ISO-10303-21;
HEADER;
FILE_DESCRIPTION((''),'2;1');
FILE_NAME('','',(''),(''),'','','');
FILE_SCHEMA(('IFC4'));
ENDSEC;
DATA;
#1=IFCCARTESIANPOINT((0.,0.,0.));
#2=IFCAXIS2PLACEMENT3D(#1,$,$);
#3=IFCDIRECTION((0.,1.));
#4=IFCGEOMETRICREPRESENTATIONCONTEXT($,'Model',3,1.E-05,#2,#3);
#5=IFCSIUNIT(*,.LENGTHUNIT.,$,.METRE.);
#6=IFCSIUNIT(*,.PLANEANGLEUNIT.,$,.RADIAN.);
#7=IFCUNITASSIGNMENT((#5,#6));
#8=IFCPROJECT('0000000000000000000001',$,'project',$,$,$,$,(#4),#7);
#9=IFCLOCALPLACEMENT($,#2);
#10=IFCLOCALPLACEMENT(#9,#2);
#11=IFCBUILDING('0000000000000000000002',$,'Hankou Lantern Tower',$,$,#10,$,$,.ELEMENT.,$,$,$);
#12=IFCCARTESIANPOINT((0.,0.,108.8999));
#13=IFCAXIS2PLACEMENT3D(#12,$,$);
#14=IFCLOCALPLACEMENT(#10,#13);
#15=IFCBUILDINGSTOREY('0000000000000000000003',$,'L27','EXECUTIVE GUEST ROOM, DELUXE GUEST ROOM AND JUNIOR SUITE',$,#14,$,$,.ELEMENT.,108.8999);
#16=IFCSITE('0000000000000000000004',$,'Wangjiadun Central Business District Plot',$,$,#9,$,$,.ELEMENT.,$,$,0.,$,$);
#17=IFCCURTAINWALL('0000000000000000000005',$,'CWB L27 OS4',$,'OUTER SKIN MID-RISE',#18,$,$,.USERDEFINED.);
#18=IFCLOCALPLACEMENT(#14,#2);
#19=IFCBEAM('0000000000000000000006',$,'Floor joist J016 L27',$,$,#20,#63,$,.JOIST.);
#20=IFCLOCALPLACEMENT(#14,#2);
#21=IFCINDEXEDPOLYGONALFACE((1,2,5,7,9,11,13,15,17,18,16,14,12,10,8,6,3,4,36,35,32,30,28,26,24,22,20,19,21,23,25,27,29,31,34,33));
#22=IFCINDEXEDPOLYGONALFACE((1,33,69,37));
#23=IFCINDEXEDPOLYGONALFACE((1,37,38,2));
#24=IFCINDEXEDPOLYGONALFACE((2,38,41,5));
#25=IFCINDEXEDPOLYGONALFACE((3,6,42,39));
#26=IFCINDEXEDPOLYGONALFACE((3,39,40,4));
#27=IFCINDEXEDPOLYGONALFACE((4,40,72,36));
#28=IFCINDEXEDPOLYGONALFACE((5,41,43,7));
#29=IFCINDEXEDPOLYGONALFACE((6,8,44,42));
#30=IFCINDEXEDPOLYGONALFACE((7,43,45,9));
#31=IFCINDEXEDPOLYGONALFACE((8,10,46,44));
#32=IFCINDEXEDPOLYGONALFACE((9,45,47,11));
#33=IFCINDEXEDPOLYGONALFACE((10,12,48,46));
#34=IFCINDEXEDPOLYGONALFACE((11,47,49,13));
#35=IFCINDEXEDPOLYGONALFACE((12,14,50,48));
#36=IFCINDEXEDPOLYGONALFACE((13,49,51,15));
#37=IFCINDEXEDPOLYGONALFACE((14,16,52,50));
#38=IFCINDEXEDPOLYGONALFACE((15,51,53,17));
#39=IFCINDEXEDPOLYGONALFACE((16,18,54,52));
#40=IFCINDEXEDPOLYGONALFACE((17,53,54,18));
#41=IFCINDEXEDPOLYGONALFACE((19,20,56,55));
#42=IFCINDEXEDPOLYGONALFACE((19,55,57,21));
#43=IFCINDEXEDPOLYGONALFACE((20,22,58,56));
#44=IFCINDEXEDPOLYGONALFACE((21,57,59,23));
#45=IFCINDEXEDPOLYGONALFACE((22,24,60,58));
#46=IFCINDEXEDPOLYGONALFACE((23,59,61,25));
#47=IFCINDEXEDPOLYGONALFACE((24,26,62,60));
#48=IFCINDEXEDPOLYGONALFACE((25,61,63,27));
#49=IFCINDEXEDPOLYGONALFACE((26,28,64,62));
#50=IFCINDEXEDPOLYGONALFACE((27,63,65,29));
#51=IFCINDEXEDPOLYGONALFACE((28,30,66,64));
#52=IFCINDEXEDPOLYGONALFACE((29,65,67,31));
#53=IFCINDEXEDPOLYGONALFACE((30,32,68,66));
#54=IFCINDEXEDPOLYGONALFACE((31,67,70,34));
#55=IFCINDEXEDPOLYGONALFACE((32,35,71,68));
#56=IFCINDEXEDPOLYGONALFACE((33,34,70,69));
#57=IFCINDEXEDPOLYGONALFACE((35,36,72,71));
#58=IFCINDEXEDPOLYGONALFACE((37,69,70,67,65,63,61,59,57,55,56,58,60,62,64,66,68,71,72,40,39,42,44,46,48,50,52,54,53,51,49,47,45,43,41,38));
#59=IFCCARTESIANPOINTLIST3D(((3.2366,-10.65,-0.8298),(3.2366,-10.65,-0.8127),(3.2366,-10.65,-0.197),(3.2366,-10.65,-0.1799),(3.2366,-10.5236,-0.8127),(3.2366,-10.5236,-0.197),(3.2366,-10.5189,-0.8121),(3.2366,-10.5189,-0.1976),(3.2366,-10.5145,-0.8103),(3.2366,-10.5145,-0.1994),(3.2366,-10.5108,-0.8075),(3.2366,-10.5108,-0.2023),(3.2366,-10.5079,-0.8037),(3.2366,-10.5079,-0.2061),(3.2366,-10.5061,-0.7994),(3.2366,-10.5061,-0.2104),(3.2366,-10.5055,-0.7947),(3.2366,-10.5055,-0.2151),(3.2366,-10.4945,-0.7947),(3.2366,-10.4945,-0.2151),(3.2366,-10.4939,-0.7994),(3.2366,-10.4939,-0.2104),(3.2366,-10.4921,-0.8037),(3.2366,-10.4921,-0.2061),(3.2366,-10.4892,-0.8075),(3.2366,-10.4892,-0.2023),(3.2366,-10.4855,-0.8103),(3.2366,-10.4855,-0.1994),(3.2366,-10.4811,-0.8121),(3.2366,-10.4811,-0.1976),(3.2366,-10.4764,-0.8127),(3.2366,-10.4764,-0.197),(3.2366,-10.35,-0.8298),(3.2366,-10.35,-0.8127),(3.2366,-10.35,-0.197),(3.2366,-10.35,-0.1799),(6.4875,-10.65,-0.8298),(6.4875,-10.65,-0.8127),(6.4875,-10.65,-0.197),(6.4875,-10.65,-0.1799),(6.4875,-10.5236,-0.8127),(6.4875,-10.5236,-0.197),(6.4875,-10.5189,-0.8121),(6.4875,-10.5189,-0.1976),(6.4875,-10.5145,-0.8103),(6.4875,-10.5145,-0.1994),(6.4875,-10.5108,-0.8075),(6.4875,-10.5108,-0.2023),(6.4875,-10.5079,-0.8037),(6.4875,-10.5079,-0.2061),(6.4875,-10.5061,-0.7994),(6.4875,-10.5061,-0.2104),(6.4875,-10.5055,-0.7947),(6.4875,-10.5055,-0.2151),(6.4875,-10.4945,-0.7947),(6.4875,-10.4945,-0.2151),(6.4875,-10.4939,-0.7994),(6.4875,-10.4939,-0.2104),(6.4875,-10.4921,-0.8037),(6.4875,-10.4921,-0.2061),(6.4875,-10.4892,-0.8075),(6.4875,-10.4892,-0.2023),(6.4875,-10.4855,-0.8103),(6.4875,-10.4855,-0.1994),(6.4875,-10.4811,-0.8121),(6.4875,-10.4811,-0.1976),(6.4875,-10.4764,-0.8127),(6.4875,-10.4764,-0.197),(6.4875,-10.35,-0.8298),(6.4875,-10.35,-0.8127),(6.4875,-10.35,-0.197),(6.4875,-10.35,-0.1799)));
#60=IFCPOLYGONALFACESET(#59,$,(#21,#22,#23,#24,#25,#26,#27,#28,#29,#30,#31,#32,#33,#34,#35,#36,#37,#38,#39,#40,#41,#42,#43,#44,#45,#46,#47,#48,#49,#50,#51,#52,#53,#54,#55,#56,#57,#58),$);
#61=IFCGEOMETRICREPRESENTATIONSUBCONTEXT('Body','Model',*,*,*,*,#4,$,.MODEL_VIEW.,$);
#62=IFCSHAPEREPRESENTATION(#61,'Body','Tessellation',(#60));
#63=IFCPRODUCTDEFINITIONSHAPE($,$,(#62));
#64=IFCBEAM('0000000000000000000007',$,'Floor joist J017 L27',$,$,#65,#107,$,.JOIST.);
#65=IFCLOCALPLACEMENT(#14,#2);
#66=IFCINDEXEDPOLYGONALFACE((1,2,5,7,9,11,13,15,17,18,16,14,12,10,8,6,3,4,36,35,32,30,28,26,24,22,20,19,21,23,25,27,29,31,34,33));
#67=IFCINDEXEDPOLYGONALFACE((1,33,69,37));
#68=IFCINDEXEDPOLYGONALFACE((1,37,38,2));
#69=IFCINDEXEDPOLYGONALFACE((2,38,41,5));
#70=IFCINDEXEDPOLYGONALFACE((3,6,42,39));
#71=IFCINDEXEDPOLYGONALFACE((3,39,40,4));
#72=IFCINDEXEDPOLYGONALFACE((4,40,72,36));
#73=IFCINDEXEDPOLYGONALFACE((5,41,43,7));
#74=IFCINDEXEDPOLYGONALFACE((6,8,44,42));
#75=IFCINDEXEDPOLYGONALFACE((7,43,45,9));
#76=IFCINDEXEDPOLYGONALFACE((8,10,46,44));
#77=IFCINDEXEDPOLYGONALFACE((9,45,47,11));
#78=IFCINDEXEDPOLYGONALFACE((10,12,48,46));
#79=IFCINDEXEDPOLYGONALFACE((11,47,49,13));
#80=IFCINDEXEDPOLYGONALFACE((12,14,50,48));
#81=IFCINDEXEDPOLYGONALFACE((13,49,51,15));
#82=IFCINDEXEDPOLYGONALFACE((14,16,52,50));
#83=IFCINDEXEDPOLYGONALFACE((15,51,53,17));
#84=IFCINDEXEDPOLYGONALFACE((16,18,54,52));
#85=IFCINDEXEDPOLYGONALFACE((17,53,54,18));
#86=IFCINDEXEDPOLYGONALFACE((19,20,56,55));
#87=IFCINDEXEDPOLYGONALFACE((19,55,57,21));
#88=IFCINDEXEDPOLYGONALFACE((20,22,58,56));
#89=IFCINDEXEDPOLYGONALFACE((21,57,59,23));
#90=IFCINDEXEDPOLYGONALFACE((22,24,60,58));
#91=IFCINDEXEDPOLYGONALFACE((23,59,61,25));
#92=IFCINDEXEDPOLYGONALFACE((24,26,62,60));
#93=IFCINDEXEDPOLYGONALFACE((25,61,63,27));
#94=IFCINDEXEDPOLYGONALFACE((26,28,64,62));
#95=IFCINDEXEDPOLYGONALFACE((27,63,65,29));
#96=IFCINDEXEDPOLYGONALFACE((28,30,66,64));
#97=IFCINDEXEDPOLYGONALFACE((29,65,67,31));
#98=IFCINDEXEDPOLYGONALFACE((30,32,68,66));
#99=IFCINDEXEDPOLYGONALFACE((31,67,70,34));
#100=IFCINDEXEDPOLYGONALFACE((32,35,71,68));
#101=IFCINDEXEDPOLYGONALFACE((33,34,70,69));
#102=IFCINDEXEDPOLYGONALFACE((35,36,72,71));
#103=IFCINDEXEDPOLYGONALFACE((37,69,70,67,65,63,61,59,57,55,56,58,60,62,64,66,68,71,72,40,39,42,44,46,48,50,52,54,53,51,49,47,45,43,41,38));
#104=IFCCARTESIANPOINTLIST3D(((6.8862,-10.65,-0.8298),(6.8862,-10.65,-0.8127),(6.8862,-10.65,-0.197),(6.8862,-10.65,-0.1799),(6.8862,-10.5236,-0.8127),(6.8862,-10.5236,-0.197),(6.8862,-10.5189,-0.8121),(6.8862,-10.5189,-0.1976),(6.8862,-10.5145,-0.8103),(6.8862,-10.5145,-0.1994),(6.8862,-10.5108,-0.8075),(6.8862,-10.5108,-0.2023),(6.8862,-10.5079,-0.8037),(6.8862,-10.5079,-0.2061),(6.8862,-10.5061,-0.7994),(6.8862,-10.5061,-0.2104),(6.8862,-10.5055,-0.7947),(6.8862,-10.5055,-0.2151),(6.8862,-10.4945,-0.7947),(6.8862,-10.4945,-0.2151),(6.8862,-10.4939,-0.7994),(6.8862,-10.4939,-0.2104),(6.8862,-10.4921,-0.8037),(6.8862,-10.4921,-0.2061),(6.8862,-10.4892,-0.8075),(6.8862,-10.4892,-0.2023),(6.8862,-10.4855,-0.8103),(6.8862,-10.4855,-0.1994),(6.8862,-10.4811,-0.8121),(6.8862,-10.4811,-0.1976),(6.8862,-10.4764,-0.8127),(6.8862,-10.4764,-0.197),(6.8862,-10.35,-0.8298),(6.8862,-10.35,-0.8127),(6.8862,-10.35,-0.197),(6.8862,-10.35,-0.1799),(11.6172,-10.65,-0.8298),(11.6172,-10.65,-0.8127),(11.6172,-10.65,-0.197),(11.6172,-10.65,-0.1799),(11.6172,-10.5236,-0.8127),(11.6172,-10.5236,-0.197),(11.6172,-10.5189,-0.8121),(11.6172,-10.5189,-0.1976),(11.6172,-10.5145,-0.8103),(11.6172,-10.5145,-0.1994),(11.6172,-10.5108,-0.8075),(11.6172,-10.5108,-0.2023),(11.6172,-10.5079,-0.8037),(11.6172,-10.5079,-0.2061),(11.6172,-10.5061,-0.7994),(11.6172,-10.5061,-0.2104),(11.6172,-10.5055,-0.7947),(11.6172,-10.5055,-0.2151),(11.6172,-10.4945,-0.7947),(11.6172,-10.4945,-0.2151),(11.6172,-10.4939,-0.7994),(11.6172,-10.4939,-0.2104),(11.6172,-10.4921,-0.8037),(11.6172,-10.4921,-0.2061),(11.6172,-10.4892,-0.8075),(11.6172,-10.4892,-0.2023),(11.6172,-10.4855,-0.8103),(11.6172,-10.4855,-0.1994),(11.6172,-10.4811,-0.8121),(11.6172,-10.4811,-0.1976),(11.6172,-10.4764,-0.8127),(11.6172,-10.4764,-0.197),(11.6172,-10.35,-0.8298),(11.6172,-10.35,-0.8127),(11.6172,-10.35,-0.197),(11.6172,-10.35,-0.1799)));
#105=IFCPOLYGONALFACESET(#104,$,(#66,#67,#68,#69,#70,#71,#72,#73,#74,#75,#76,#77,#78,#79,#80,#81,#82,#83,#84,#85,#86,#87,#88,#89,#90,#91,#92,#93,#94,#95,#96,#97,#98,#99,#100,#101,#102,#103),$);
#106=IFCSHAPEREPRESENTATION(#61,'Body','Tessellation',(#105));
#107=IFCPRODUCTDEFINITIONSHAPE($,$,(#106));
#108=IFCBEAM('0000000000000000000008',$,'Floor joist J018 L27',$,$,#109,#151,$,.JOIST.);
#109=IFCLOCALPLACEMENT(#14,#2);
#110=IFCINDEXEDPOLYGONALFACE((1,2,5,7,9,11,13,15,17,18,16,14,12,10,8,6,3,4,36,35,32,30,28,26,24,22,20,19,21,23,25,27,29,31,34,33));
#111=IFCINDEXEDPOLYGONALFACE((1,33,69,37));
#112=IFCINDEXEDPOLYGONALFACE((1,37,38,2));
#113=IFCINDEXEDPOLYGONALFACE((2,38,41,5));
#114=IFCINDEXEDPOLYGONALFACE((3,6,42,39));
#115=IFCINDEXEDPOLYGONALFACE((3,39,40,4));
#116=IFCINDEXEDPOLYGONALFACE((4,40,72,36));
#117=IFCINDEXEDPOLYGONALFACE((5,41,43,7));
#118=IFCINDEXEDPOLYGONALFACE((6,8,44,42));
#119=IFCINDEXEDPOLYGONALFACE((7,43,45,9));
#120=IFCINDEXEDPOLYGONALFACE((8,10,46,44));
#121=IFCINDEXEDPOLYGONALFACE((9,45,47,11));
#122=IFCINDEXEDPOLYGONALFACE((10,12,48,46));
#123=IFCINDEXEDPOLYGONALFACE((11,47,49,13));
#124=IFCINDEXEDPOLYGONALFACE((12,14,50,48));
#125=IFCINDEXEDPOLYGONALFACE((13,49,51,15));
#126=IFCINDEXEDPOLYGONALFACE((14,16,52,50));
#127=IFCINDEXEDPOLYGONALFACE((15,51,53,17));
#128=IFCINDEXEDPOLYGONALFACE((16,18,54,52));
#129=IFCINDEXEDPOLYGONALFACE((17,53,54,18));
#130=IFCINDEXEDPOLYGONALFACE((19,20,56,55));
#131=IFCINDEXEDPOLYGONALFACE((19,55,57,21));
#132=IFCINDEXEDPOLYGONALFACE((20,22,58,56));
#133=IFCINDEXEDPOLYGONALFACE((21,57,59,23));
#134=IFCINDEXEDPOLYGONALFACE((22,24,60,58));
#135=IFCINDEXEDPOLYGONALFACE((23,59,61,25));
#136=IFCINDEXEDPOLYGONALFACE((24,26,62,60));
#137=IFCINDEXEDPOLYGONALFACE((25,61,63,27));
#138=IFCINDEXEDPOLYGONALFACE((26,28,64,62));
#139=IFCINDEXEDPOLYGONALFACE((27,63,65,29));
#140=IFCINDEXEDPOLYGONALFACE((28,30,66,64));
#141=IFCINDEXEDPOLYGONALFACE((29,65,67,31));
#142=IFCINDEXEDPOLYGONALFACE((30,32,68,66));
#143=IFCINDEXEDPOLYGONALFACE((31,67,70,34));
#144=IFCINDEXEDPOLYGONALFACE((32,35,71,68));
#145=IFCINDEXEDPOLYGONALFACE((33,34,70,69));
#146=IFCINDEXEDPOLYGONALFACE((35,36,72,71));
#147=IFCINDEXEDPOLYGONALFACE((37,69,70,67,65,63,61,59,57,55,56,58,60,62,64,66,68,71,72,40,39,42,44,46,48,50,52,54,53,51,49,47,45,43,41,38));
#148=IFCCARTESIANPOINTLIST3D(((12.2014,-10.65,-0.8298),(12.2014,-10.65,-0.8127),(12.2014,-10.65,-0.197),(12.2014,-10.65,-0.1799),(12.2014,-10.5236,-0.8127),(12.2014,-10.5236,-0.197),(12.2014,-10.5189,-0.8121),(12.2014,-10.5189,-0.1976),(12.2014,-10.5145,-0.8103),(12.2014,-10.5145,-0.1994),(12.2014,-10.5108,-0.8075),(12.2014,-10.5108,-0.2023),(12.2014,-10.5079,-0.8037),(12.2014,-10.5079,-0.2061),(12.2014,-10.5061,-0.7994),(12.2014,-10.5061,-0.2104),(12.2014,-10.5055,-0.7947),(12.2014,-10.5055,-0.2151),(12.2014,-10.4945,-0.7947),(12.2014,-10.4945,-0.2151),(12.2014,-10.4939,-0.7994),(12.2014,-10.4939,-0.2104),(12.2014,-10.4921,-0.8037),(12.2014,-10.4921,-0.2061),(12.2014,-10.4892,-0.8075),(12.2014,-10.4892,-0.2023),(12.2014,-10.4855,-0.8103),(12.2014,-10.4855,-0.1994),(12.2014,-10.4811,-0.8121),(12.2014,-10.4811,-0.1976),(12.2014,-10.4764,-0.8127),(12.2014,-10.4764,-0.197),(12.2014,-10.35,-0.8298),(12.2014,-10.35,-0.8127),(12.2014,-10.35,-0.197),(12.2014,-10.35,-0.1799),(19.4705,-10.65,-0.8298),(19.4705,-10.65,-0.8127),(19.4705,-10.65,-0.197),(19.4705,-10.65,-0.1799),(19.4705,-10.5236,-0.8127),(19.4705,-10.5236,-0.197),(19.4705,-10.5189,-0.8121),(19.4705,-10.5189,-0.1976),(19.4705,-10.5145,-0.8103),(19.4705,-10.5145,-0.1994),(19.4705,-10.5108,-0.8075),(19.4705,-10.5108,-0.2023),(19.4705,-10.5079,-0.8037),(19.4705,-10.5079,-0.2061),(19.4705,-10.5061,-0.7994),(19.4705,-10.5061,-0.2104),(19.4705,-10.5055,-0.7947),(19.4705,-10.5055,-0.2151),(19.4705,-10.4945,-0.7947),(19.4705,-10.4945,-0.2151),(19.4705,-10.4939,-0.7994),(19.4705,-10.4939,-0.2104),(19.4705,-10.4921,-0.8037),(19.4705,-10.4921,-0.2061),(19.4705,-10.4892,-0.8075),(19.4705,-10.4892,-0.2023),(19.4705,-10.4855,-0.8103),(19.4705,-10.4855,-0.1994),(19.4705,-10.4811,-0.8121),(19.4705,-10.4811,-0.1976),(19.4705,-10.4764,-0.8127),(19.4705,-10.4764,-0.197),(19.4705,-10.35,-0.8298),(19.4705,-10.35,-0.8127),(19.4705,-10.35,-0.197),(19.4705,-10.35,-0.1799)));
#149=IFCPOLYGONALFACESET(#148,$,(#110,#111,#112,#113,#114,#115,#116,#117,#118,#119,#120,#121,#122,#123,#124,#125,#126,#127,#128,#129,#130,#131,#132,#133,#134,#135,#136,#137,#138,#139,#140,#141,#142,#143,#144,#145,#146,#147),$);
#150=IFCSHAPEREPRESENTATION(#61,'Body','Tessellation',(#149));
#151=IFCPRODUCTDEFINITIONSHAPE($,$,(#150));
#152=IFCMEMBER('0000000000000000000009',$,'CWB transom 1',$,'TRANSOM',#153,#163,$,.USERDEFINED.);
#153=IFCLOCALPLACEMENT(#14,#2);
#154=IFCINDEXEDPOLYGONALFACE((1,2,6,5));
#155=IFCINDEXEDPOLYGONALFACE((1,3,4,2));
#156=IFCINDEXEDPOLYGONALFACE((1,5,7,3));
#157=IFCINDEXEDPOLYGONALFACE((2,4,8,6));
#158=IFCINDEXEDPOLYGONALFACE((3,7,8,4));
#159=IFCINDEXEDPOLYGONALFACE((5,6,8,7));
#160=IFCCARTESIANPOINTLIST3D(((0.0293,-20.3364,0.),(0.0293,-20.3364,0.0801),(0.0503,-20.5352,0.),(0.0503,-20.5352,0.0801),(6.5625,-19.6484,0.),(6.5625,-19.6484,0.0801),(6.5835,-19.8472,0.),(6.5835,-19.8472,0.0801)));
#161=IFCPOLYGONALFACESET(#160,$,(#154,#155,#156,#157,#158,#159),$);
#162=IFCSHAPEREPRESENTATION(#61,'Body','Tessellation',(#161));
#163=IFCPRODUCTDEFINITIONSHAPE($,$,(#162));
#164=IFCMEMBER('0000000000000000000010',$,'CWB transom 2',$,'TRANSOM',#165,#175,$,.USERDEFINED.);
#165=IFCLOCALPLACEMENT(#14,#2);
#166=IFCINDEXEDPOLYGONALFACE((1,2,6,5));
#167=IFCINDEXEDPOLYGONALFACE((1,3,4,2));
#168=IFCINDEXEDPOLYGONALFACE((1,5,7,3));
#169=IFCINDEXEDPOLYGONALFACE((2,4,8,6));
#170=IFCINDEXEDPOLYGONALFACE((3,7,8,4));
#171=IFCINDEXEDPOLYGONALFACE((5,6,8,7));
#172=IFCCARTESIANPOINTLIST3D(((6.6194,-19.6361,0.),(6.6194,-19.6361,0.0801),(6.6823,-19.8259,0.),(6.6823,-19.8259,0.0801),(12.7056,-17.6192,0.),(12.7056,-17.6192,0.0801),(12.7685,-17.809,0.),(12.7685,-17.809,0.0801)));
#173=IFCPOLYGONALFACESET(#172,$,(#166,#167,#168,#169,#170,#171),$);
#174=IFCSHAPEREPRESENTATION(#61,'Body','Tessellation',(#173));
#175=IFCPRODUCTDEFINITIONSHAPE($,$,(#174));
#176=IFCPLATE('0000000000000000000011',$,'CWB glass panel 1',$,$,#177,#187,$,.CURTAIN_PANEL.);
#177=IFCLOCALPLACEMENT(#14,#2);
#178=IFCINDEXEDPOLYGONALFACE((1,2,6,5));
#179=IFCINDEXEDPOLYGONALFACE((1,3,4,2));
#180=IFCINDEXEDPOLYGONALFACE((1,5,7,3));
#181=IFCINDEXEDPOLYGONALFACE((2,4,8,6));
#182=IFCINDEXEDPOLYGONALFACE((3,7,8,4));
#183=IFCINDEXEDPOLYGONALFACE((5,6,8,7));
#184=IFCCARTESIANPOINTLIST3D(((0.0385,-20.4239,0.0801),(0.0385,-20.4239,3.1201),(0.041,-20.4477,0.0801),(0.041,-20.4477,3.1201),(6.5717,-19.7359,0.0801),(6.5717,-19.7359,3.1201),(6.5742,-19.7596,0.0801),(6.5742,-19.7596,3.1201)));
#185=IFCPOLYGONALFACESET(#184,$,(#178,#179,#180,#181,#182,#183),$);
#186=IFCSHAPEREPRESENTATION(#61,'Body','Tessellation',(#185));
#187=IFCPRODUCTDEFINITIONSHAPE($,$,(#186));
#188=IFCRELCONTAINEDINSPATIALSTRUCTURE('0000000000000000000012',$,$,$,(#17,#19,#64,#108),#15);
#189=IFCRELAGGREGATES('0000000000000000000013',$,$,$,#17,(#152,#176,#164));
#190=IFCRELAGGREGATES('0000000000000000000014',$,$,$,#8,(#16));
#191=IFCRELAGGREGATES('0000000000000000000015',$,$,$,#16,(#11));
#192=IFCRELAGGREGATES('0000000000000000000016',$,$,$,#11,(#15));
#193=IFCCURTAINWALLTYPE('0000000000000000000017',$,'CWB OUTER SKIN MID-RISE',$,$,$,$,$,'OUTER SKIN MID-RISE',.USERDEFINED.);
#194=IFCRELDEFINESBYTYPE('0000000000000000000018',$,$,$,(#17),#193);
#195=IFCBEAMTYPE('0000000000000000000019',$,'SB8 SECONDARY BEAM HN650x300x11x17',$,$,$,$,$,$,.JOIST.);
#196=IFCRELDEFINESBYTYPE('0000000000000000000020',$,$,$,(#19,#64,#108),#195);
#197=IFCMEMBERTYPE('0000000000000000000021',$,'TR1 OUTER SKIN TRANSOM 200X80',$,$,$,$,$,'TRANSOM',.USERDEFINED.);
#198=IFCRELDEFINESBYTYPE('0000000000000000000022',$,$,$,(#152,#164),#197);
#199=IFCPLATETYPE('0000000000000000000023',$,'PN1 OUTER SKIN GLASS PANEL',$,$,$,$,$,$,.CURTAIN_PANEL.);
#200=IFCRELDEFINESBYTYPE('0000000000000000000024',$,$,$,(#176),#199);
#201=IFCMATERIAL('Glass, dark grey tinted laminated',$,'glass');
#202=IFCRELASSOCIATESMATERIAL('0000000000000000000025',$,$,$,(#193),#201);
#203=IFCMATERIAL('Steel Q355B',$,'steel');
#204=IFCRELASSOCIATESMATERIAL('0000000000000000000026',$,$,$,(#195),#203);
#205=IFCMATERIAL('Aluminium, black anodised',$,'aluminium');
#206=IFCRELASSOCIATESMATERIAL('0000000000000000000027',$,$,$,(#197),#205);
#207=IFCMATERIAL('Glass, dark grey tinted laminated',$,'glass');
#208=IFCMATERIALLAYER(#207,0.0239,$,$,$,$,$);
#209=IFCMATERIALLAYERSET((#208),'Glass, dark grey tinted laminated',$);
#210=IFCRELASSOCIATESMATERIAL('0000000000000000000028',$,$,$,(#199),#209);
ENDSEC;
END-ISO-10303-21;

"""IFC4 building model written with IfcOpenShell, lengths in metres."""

from ifc_helpers import new_model, si_unit, direction, frame, origin, origin_2d, place, context, subcontext, project, spatial, rectangle, i_section, extrude, material, layer, layer_set, material_profile, profile_set, type_object, element, aggregate, save


model = new_model("IFC4")

# Units and contexts
model_context = context("Model", 3, precision=1e-05, world=origin(), true_north=direction((0.0, 1.0)))
body_context = subcontext(model_context, "Body", "Model", "MODEL_VIEW")
ifc_project = project(units=[si_unit("LENGTHUNIT", "METRE"), si_unit("PLANEANGLEUNIT", "RADIAN")], contexts=[model_context])

# Site, building, storey
site_placement = place(None, origin())
site = spatial("IfcSite", under=ifc_project, at=site_placement, Name="Wangjiadun Central Business District Plot", CompositionType="ELEMENT", RefElevation=0.0)
building_placement = place(site_placement, origin())
building = spatial("IfcBuilding", under=site, at=building_placement, Name="Hankou Lantern Tower", CompositionType="ELEMENT")
storey_placement = place(building_placement, frame((0.0, 0.0, 108.8999)))
storey = spatial("IfcBuildingStorey", under=building, at=storey_placement, Name="L27", Description="EXECUTIVE GUEST ROOM, DELUXE GUEST ROOM AND JUNIOR SUITE", CompositionType="ELEMENT", Elevation=108.8999)

# Curtain wall
ifc_material_1 = material(Name="Glass, dark grey tinted laminated", Category="glass")
curtain_wall_type = type_object("IfcCurtainWallType", Name="CWB OUTER SKIN MID-RISE", ElementType="OUTER SKIN MID-RISE", PredefinedType="USERDEFINED", material=ifc_material_1)
curtain_wall_placement = place(storey_placement, origin())
curtain_wall = element("IfcCurtainWall", 1, at=curtain_wall_placement, inside=storey, type_object=curtain_wall_type, Name="CWB L27 OS4", ObjectType="OUTER SKIN MID-RISE", PredefinedType="USERDEFINED")

# Beams
ifc_material_2 = material(Name="Steel Q355B", Category="steel")
ifc_material_profile_1 = material_profile(ifc_material_2, i_section(OverallWidth=0.3, OverallDepth=0.6499, WebThickness=0.011, FlangeThickness=0.0171, FilletRadius=0.0181, at=origin_2d()), Name="HN650x300x11x17")
ifc_profile_set_1 = profile_set([ifc_material_profile_1], Name="Steel Q355B")
beam_type_1 = type_object("IfcBeamType", Name="SB8 SECONDARY BEAM HN650x300x11x17", PredefinedType="JOIST", material=ifc_profile_set_1)
beam_1_placement = place(storey_placement, frame((3.2366, -10.5, -0.5049), z_axis=(1.0, 0.0, 0.0), x_axis=(0.0, 1.0, 0.0)))
element("IfcBeam", 2, at=beam_1_placement, inside=storey, type_object=beam_type_1, Name="Floor joist J016 L27", PredefinedType="JOIST", context=body_context, shape_type="SweptSolid", body=[
    extrude(i_section(OverallWidth=0.3, OverallDepth=0.6499, WebThickness=0.011, FlangeThickness=0.0171, FilletRadius=0.0181, at=origin_2d()), origin(), (0.0, 0.0, 1.0), 3.251),
])
beam_2_placement = place(storey_placement, frame((6.8862, -10.5, -0.5049), z_axis=(1.0, 0.0, 0.0), x_axis=(0.0, 1.0, 0.0)))
element("IfcBeam", 3, at=beam_2_placement, inside=storey, type_object=beam_type_1, Name="Floor joist J017 L27", PredefinedType="JOIST", context=body_context, shape_type="SweptSolid", body=[
    extrude(i_section(OverallWidth=0.3, OverallDepth=0.6499, WebThickness=0.011, FlangeThickness=0.0171, FilletRadius=0.0181, at=origin_2d()), origin(), (0.0, 0.0, 1.0), 4.731),
])
beam_3_placement = place(storey_placement, frame((12.2014, -10.5, -0.5049), z_axis=(1.0, 0.0, 0.0), x_axis=(0.0, 1.0, 0.0)))
element("IfcBeam", 4, at=beam_3_placement, inside=storey, type_object=beam_type_1, Name="Floor joist J018 L27", PredefinedType="JOIST", context=body_context, shape_type="SweptSolid", body=[
    extrude(i_section(OverallWidth=0.3, OverallDepth=0.6499, WebThickness=0.011, FlangeThickness=0.0171, FilletRadius=0.0181, at=origin_2d()), origin(), (0.0, 0.0, 1.0), 7.269),
])

# Members
ifc_material_3 = material(Name="Aluminium, black anodised", Category="aluminium")
ifc_material_profile_2 = material_profile(ifc_material_3, rectangle(XDim=0.2, YDim=0.0801, at=origin_2d()), Name="TR1 200X80")
ifc_profile_set_2 = profile_set([ifc_material_profile_2], Name="Aluminium, black anodised")
member_type_1 = type_object("IfcMemberType", Name="TR1 OUTER SKIN TRANSOM 200X80", ElementType="TRANSOM", PredefinedType="USERDEFINED", material=ifc_profile_set_2)
member_1_placement = place(storey_placement, frame((0.0398, -20.4358, 0.04), z_axis=(0.994501, 0.104727, 0.0), x_axis=(-0.104727, 0.994501, 0.0)))
member_1 = element("IfcMember", 5, at=member_1_placement, type_object=member_type_1, Name="CWB transom 1", ObjectType="TRANSOM", PredefinedType="USERDEFINED", context=body_context, shape_type="SweptSolid", body=[
    extrude(rectangle(XDim=0.2, YDim=0.0801, at=origin_2d()), origin(), (0.0, 0.0, 1.0), 6.5693),
])
member_2_placement = place(storey_placement, frame((6.6509, -19.731, 0.04), z_axis=(0.949238, 0.314559, 0.0), x_axis=(-0.314559, 0.949238, 0.0)))
member_2 = element("IfcMember", 6, at=member_2_placement, type_object=member_type_1, Name="CWB transom 2", ObjectType="TRANSOM", PredefinedType="USERDEFINED", context=body_context, shape_type="SweptSolid", body=[
    extrude(rectangle(XDim=0.2, YDim=0.0801, at=origin_2d()), origin(), (0.0, 0.0, 1.0), 6.4116),
])

# Plate
ifc_material_4 = material(Name="Glass, dark grey tinted laminated", Category="glass")
ifc_layer_1 = layer(ifc_material_4, 0.0239)
ifc_layer_set_1 = layer_set([ifc_layer_1], Name="Glass, dark grey tinted laminated")
plate_type = type_object("IfcPlateType", Name="PN1 OUTER SKIN GLASS PANEL", PredefinedType="CURTAIN_PANEL", material=ifc_layer_set_1)
plate_1_placement = place(storey_placement, frame((3.3064, -20.0918, 0.0801), z_axis=(0.0, 0.0, 1.0), x_axis=(0.994499, 0.104743, 0.0)))
plate_1 = element("IfcPlate", 7, at=plate_1_placement, type_object=plate_type, Name="CWB glass panel 1", PredefinedType="CURTAIN_PANEL", context=body_context, shape_type="SweptSolid", body=[
    extrude(rectangle(XDim=6.5693, YDim=0.0239, at=origin_2d()), origin(), (0.0, 0.0, 1.0), 3.04),
])
aggregate(curtain_wall, [member_1, plate_1, member_2])

save(model, "model.ifc")
